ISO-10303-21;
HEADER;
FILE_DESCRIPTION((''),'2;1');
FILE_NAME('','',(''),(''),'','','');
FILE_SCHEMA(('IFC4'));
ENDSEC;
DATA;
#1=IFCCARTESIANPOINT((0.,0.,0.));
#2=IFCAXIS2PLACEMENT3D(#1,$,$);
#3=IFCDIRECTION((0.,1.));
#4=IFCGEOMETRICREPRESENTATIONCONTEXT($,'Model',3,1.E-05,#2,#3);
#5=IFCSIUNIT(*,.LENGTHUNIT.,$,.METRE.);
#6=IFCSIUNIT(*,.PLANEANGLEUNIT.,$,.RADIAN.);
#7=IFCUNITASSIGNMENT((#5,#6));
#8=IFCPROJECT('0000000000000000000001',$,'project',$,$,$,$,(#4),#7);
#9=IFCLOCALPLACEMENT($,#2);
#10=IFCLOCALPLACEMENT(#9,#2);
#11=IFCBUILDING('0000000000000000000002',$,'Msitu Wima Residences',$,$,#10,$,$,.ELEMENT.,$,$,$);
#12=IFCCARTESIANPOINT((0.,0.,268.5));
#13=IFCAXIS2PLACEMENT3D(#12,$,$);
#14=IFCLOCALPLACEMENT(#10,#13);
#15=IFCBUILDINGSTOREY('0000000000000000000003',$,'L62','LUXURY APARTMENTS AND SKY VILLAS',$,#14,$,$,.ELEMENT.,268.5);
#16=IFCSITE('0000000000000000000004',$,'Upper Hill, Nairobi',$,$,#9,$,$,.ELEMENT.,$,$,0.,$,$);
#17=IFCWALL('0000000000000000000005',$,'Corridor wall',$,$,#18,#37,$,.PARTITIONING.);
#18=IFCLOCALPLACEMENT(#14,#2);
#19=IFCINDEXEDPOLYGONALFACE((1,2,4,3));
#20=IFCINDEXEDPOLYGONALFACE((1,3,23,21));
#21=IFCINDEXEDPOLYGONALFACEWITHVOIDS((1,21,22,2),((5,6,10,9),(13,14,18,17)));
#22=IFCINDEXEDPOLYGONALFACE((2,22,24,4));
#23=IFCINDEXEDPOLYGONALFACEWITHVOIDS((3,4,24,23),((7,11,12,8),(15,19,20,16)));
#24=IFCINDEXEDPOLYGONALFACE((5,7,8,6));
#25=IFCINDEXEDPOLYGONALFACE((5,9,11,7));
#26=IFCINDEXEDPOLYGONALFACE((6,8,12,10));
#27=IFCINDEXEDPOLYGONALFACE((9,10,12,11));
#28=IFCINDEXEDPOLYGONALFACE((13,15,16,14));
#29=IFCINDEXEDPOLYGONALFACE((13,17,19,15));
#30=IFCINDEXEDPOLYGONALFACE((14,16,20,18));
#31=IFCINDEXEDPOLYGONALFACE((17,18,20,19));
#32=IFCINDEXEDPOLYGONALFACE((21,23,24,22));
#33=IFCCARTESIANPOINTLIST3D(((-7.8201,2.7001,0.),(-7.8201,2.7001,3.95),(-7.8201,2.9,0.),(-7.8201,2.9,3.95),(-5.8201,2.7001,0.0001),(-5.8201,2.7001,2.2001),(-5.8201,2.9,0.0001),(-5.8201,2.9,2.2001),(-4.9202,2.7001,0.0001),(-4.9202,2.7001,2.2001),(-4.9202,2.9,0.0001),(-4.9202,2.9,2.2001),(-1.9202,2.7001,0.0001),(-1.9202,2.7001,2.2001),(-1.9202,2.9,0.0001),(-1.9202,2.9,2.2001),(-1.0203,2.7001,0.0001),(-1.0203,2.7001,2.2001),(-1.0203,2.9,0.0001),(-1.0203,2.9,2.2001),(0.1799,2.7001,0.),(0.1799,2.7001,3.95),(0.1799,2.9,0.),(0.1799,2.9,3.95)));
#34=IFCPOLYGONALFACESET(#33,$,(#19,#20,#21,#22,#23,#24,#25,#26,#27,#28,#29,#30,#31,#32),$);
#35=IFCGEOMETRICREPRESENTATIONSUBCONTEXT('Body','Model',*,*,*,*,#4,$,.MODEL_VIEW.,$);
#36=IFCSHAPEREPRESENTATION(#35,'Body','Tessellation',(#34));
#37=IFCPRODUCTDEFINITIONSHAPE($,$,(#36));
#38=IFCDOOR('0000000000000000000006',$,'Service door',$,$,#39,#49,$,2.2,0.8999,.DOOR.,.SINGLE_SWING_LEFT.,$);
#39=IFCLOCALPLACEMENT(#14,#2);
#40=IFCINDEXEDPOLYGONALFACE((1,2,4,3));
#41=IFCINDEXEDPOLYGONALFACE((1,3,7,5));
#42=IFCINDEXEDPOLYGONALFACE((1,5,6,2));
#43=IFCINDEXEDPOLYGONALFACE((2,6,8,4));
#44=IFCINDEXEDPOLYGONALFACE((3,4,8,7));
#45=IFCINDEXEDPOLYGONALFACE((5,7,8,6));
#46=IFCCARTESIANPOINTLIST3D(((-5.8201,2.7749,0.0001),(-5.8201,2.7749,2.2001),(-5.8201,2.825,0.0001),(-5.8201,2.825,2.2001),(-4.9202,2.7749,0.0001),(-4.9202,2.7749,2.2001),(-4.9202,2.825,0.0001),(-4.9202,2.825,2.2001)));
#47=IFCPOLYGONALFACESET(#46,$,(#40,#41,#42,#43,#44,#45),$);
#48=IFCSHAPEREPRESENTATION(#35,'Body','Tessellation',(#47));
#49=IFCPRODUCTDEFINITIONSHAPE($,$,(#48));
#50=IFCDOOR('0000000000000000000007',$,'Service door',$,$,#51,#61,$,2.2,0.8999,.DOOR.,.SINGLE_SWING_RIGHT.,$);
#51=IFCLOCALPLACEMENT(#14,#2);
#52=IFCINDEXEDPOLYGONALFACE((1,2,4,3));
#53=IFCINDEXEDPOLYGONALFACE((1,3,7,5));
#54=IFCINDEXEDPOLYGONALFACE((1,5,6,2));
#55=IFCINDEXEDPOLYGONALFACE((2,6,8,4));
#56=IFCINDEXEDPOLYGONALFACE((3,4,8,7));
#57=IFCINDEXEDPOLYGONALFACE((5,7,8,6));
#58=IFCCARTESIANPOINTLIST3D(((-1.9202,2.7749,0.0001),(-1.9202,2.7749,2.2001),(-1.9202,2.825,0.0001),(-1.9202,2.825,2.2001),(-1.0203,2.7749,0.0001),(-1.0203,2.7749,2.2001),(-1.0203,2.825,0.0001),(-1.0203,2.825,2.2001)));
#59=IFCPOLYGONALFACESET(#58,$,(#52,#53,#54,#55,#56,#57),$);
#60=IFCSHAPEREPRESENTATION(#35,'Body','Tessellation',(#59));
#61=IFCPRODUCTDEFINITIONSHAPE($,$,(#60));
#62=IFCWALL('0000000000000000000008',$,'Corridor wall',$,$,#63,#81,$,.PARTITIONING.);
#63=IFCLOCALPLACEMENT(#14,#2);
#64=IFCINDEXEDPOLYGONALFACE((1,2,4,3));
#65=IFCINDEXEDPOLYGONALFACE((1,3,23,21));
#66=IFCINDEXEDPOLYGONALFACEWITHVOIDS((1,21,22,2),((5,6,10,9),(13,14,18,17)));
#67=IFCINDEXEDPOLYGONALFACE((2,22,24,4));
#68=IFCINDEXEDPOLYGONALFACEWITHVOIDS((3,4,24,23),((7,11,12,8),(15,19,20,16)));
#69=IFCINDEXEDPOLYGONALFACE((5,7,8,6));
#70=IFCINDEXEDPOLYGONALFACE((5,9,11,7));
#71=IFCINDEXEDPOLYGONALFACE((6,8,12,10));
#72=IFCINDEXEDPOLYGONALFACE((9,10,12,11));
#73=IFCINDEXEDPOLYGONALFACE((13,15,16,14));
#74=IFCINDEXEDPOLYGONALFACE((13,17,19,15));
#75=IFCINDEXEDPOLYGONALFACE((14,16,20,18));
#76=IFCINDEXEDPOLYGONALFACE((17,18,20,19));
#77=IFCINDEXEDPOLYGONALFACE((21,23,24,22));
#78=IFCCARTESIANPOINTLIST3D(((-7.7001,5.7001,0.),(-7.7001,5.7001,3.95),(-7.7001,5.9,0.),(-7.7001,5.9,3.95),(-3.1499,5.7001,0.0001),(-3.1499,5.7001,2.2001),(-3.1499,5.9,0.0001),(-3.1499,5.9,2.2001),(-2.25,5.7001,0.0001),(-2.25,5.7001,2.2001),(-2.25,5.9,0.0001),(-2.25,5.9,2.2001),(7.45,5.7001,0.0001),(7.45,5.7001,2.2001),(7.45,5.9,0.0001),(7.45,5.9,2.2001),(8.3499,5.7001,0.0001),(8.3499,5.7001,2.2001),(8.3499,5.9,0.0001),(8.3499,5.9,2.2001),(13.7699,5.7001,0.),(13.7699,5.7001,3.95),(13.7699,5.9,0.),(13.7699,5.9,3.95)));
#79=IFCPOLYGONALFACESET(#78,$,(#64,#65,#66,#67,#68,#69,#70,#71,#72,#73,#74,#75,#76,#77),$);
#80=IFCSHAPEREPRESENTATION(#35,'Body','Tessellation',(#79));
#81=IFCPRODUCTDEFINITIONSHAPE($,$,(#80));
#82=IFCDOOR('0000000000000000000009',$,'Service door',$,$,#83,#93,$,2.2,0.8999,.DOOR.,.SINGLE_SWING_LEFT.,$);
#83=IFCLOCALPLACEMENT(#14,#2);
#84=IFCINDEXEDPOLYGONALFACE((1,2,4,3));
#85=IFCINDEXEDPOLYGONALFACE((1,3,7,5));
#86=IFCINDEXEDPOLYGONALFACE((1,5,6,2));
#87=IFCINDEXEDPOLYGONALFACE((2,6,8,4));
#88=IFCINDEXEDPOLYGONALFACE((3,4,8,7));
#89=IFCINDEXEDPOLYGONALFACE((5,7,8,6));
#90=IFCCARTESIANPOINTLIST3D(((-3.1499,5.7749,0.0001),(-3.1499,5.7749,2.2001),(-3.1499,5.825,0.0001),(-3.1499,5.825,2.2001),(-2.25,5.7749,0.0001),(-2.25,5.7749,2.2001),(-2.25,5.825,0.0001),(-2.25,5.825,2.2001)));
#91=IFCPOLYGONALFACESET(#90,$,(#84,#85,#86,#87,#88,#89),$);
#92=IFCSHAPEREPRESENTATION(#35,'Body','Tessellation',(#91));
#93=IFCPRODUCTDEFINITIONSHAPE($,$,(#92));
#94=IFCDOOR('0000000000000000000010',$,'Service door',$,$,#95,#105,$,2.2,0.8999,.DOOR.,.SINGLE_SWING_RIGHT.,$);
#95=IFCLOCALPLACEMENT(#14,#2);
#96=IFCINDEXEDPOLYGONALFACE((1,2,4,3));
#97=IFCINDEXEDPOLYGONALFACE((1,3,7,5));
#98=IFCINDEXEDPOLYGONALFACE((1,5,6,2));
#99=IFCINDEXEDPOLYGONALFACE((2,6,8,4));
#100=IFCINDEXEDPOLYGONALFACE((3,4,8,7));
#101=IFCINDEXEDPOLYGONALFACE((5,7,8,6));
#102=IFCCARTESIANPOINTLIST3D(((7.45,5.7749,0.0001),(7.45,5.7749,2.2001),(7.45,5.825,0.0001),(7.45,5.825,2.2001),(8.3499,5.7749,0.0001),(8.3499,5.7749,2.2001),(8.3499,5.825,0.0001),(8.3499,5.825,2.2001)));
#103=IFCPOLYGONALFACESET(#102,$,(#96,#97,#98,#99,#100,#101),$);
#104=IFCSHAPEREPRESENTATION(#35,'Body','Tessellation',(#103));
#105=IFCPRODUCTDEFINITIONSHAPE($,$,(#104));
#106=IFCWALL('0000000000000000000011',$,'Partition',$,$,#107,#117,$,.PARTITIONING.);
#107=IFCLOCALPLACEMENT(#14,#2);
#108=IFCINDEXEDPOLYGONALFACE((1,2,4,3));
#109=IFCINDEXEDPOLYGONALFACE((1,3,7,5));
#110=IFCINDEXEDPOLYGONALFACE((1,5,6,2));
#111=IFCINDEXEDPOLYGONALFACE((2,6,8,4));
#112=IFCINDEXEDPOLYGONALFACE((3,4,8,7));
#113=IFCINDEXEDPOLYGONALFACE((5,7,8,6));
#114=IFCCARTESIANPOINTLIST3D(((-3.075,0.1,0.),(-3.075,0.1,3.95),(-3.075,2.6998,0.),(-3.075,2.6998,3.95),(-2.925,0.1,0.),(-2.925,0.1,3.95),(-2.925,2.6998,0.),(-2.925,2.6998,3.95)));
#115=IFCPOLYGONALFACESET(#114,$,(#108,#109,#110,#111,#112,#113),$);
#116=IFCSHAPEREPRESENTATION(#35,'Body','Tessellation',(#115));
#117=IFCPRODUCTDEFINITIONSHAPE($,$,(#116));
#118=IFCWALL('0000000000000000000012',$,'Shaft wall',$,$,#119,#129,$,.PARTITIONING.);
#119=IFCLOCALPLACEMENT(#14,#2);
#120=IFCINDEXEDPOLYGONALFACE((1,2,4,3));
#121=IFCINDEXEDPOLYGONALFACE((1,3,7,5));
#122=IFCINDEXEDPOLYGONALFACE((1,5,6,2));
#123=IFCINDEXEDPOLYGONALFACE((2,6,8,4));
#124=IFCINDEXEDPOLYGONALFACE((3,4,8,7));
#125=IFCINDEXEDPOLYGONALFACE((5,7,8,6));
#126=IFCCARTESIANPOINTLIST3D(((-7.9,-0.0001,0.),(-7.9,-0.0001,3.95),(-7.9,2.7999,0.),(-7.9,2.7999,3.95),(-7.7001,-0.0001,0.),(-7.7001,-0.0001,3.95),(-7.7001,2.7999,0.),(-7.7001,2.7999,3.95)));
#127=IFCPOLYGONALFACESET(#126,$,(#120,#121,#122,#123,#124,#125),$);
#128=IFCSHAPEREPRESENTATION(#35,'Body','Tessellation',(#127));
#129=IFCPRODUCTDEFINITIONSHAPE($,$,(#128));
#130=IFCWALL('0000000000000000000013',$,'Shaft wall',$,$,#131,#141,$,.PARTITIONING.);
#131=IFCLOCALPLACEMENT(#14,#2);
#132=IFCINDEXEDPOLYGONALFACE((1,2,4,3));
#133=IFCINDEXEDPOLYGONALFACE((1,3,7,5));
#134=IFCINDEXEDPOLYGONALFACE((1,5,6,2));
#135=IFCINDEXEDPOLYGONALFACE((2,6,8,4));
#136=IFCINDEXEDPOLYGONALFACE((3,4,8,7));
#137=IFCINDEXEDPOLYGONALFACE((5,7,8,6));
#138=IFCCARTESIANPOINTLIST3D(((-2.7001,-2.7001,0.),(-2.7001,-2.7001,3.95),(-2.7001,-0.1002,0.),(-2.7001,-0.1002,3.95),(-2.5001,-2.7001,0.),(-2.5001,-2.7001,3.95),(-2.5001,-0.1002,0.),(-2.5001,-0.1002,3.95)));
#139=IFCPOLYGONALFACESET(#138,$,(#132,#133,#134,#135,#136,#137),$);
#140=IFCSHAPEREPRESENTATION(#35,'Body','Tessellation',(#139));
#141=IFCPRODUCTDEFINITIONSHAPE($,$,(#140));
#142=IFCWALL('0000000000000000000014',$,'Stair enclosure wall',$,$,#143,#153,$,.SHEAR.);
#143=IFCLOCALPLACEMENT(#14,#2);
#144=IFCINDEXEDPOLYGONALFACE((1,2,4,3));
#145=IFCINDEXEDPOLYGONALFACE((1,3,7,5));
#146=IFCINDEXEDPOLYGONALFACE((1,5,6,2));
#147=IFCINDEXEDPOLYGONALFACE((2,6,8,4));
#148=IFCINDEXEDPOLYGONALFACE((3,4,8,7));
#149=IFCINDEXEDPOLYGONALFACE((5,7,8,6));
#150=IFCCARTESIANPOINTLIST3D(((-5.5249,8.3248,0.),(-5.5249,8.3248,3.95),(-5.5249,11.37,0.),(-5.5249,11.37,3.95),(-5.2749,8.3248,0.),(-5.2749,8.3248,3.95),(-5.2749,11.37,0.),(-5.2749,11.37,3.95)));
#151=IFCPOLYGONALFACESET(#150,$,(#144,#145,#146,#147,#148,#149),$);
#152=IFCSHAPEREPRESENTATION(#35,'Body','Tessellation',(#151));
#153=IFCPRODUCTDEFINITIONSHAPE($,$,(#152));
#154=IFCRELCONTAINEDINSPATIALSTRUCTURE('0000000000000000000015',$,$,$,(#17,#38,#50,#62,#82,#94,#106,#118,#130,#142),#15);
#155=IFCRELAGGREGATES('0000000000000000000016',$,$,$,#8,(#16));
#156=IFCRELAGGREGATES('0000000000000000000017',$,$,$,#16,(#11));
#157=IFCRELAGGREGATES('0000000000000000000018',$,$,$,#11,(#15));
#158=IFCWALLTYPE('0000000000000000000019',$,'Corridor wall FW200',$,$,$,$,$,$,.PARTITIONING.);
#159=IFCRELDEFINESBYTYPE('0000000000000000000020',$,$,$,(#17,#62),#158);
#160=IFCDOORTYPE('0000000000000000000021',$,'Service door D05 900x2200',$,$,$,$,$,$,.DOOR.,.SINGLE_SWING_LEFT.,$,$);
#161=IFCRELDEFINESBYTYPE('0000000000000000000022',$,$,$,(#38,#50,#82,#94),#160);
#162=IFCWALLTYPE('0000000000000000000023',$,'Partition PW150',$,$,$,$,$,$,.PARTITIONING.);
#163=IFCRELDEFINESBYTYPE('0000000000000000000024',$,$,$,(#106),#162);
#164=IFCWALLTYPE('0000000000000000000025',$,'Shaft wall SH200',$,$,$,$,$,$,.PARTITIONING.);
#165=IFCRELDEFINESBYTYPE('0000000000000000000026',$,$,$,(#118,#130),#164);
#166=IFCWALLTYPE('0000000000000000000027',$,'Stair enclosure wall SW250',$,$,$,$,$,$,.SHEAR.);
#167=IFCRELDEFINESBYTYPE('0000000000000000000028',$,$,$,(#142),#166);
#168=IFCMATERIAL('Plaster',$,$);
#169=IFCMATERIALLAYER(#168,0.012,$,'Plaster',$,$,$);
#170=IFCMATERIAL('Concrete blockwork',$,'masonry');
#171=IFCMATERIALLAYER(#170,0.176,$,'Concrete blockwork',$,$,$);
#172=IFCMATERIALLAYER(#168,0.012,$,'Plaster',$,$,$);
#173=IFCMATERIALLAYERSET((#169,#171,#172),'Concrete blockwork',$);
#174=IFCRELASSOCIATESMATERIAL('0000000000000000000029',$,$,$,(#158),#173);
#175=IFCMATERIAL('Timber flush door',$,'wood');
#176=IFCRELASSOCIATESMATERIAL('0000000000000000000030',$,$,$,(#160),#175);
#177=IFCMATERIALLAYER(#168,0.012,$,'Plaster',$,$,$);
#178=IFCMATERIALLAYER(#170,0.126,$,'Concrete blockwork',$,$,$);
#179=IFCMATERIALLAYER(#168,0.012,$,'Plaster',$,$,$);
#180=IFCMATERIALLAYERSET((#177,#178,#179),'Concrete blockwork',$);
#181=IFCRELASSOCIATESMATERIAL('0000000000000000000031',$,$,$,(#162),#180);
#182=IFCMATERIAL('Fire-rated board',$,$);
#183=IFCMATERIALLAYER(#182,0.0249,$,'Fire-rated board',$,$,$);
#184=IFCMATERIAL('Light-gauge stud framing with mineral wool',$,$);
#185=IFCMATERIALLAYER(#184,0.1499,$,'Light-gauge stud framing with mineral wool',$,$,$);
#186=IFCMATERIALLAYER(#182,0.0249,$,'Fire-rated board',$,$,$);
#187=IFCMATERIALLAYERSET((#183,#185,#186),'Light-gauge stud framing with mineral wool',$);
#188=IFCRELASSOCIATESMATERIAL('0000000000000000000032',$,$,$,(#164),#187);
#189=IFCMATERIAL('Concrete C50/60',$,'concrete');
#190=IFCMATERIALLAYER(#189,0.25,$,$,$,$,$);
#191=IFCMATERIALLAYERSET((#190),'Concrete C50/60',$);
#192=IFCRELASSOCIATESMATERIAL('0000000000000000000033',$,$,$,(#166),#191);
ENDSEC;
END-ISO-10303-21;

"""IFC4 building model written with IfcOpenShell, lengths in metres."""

from ifc_helpers import new_model, si_unit, direction, frame, frame_2d, origin, place, context, subcontext, project, spatial, rectangle, extrude, material, layer, layer_set, type_object, element, fill, save


model = new_model("IFC4")

# Units and contexts
model_context = context("Model", 3, precision=1e-05, world=origin(), true_north=direction((0.0, 1.0)))
body_context = subcontext(model_context, "Body", "Model", "MODEL_VIEW")
ifc_project = project(units=[si_unit("LENGTHUNIT", "METRE"), si_unit("PLANEANGLEUNIT", "RADIAN")], contexts=[model_context])

# Site, building, storey
site_placement = place(None, origin())
site = spatial("IfcSite", under=ifc_project, at=site_placement, Name="Upper Hill, Nairobi", CompositionType="ELEMENT", RefElevation=0.0)
building_placement = place(site_placement, origin())
building = spatial("IfcBuilding", under=site, at=building_placement, Name="Msitu Wima Residences", CompositionType="ELEMENT")
storey_placement = place(building_placement, frame((0.0, 0.0, 268.5)))
storey = spatial("IfcBuildingStorey", under=building, at=storey_placement, Name="L62", Description="LUXURY APARTMENTS AND SKY VILLAS", CompositionType="ELEMENT", Elevation=268.5)

# Wall, openings, doors
ifc_material_1 = material(Name="Plaster")
ifc_layer_1 = layer(ifc_material_1, 0.012, Name="Plaster")
ifc_material_2 = material(Name="Concrete blockwork", Category="masonry")
ifc_layer_2 = layer(ifc_material_2, 0.176, Name="Concrete blockwork")
ifc_layer_3 = layer(ifc_material_1, 0.012, Name="Plaster")
ifc_layer_set_1 = layer_set([ifc_layer_1, ifc_layer_2, ifc_layer_3], Name="Concrete blockwork")
wall_type_1 = type_object("IfcWallType", Name="Corridor wall FW200", PredefinedType="PARTITIONING", material=ifc_layer_set_1)
wall_1_placement = place(storey_placement, frame((-7.8201, 2.8, 0.0), z_axis=(0.0, 0.0, 1.0), x_axis=(1.0, 0.0, 0.0)))
wall_1 = element("IfcWall", 1, at=wall_1_placement, inside=storey, type_object=wall_type_1, Name="Corridor wall", PredefinedType="PARTITIONING", context=body_context, shape_type="SweptSolid", body=[
    extrude(rectangle(XDim=8.0, YDim=0.2, at=frame_2d((4.0, 0.0))), origin(), (0.0, 0.0, 1.0), 3.95),
])
opening_1_placement = place(wall_1_placement, frame((2.0, 0.0, 0.0)))
opening_1 = element("IfcOpeningElement", 2, at=opening_1_placement, cuts=wall_1, PredefinedType="OPENING", context=body_context, shape_type="SweptSolid", body=[
    extrude(rectangle(XDim=0.8999, YDim=2.2, at=frame_2d((0.45, 1.1001))), frame((0.0, 0.1099, 0.0), z_axis=(0.0, -1.0, 0.0), x_axis=(1.0, 0.0, 0.0)), (0.0, 0.0, 1.0), 0.22),
])
opening_2_placement = place(wall_1_placement, frame((5.8999, 0.0, 0.0)))
opening_2 = element("IfcOpeningElement", 3, at=opening_2_placement, cuts=wall_1, PredefinedType="OPENING", context=body_context, shape_type="SweptSolid", body=[
    extrude(rectangle(XDim=0.8999, YDim=2.2, at=frame_2d((0.45, 1.1001))), frame((0.0, 0.1099, 0.0), z_axis=(0.0, -1.0, 0.0), x_axis=(1.0, 0.0, 0.0)), (0.0, 0.0, 1.0), 0.22),
])
ifc_material_3 = material(Name="Timber flush door", Category="wood")
door_type_1 = type_object("IfcDoorType", Name="Service door D05 900x2200", OperationType="SINGLE_SWING_LEFT", PredefinedType="DOOR", material=ifc_material_3)
door_1_placement = place(opening_1_placement, origin())
door_1 = element("IfcDoor", 4, at=door_1_placement, inside=storey, type_object=door_type_1, Name="Service door", OperationType="SINGLE_SWING_LEFT", OverallHeight=2.2, OverallWidth=0.8999, PredefinedType="DOOR", context=body_context, shape_type="SweptSolid", body=[
    extrude(rectangle(XDim=0.8999, YDim=2.2, at=frame_2d((0.45, 1.1001))), frame((0.0, 0.0249, 0.0), z_axis=(0.0, -1.0, 0.0), x_axis=(1.0, 0.0, 0.0)), (0.0, 0.0, 1.0), 0.05),
])
fill(opening_1, door_1)
door_2_placement = place(opening_2_placement, origin())
door_2 = element("IfcDoor", 5, at=door_2_placement, inside=storey, type_object=door_type_1, Name="Service door", OperationType="SINGLE_SWING_RIGHT", OverallHeight=2.2, OverallWidth=0.8999, PredefinedType="DOOR", context=body_context, shape_type="SweptSolid", body=[
    extrude(rectangle(XDim=0.8999, YDim=2.2, at=frame_2d((0.45, 1.1001))), frame((0.0, 0.0249, 0.0), z_axis=(0.0, -1.0, 0.0), x_axis=(1.0, 0.0, 0.0)), (0.0, 0.0, 1.0), 0.05),
])
fill(opening_2, door_2)

# Wall, openings, doors
wall_2_placement = place(storey_placement, frame((-7.7, 5.8, 0.0), z_axis=(0.0, 0.0, 1.0), x_axis=(1.0, 0.0, 0.0)))
wall_2 = element("IfcWall", 6, at=wall_2_placement, inside=storey, type_object=wall_type_1, Name="Corridor wall", PredefinedType="PARTITIONING", context=body_context, shape_type="SweptSolid", body=[
    extrude(rectangle(XDim=21.47, YDim=0.2, at=frame_2d((10.7349, 0.0))), origin(), (0.0, 0.0, 1.0), 3.95),
])
opening_3_placement = place(wall_2_placement, frame((4.55, 0.0, 0.0)))
opening_3 = element("IfcOpeningElement", 7, at=opening_3_placement, cuts=wall_2, PredefinedType="OPENING", context=body_context, shape_type="SweptSolid", body=[
    extrude(rectangle(XDim=0.8999, YDim=2.2, at=frame_2d((0.45, 1.1001))), frame((0.0, 0.1099, 0.0), z_axis=(0.0, -1.0, 0.0), x_axis=(1.0, 0.0, 0.0)), (0.0, 0.0, 1.0), 0.22),
])
opening_4_placement = place(wall_2_placement, frame((15.1499, 0.0, 0.0)))
opening_4 = element("IfcOpeningElement", 8, at=opening_4_placement, cuts=wall_2, PredefinedType="OPENING", context=body_context, shape_type="SweptSolid", body=[
    extrude(rectangle(XDim=0.8999, YDim=2.2, at=frame_2d((0.45, 1.1001))), frame((0.0, 0.1099, 0.0), z_axis=(0.0, -1.0, 0.0), x_axis=(1.0, 0.0, 0.0)), (0.0, 0.0, 1.0), 0.22),
])
door_3_placement = place(opening_3_placement, origin())
door_3 = element("IfcDoor", 9, at=door_3_placement, inside=storey, type_object=door_type_1, Name="Service door", OperationType="SINGLE_SWING_LEFT", OverallHeight=2.2, OverallWidth=0.8999, PredefinedType="DOOR", context=body_context, shape_type="SweptSolid", body=[
    extrude(rectangle(XDim=0.8999, YDim=2.2, at=frame_2d((0.45, 1.1001))), frame((0.0, 0.0249, 0.0), z_axis=(0.0, -1.0, 0.0), x_axis=(1.0, 0.0, 0.0)), (0.0, 0.0, 1.0), 0.05),
])
fill(opening_3, door_3)
door_4_placement = place(opening_4_placement, origin())
door_4 = element("IfcDoor", 10, at=door_4_placement, inside=storey, type_object=door_type_1, Name="Service door", OperationType="SINGLE_SWING_RIGHT", OverallHeight=2.2, OverallWidth=0.8999, PredefinedType="DOOR", context=body_context, shape_type="SweptSolid", body=[
    extrude(rectangle(XDim=0.8999, YDim=2.2, at=frame_2d((0.45, 1.1001))), frame((0.0, 0.0249, 0.0), z_axis=(0.0, -1.0, 0.0), x_axis=(1.0, 0.0, 0.0)), (0.0, 0.0, 1.0), 0.05),
])
fill(opening_4, door_4)

# Walls
ifc_layer_4 = layer(ifc_material_1, 0.012, Name="Plaster")
ifc_layer_5 = layer(ifc_material_2, 0.126, Name="Concrete blockwork")
ifc_layer_6 = layer(ifc_material_1, 0.012, Name="Plaster")
ifc_layer_set_2 = layer_set([ifc_layer_4, ifc_layer_5, ifc_layer_6], Name="Concrete blockwork")
wall_type_2 = type_object("IfcWallType", Name="Partition PW150", PredefinedType="PARTITIONING", material=ifc_layer_set_2)
wall_3_placement = place(storey_placement, frame((-3.0, 0.1001, 0.0), z_axis=(0.0, 0.0, 1.0), x_axis=(0.0, 1.0, 0.0)))
element("IfcWall", 11, at=wall_3_placement, inside=storey, type_object=wall_type_2, Name="Partition", PredefinedType="PARTITIONING", context=body_context, shape_type="SweptSolid", body=[
    extrude(rectangle(XDim=2.5999, YDim=0.1499, at=frame_2d((1.2998, 0.0))), origin(), (0.0, 0.0, 1.0), 3.95),
])
ifc_material_4 = material(Name="Fire-rated board")
ifc_layer_7 = layer(ifc_material_4, 0.0249, Name="Fire-rated board")
ifc_material_5 = material(Name="Light-gauge stud framing with mineral wool")
ifc_layer_8 = layer(ifc_material_5, 0.1499, Name="Light-gauge stud framing with mineral wool")
ifc_layer_9 = layer(ifc_material_4, 0.0249, Name="Fire-rated board")
ifc_layer_set_3 = layer_set([ifc_layer_7, ifc_layer_8, ifc_layer_9], Name="Light-gauge stud framing with mineral wool")
wall_type_3 = type_object("IfcWallType", Name="Shaft wall SH200", PredefinedType="PARTITIONING", material=ifc_layer_set_3)
wall_4_placement = place(storey_placement, frame((-7.8, 0.0, 0.0), z_axis=(0.0, 0.0, 1.0), x_axis=(0.0, 1.0, 0.0)))
element("IfcWall", 12, at=wall_4_placement, inside=storey, type_object=wall_type_3, Name="Shaft wall", PredefinedType="PARTITIONING", context=body_context, shape_type="SweptSolid", body=[
    extrude(rectangle(XDim=2.8, YDim=0.2, at=frame_2d((1.3999, 0.0))), origin(), (0.0, 0.0, 1.0), 3.95),
])
wall_5_placement = place(storey_placement, frame((-2.6001, -2.7, 0.0), z_axis=(0.0, 0.0, 1.0), x_axis=(0.0, 1.0, 0.0)))
element("IfcWall", 13, at=wall_5_placement, inside=storey, type_object=wall_type_3, Name="Shaft wall", PredefinedType="PARTITIONING", context=body_context, shape_type="SweptSolid", body=[
    extrude(rectangle(XDim=2.5999, YDim=0.2, at=frame_2d((1.2998, 0.0))), origin(), (0.0, 0.0, 1.0), 3.95),
])
ifc_material_6 = material(Name="Concrete C50/60", Category="concrete")
ifc_layer_10 = layer(ifc_material_6, 0.25)
ifc_layer_set_4 = layer_set([ifc_layer_10], Name="Concrete C50/60")
wall_type_4 = type_object("IfcWallType", Name="Stair enclosure wall SW250", PredefinedType="SHEAR", material=ifc_layer_set_4)
wall_6_placement = place(storey_placement, frame((-5.3999, 8.325, 0.0), z_axis=(0.0, 0.0, 1.0), x_axis=(0.0, 1.0, 0.0)))
element("IfcWall", 14, at=wall_6_placement, inside=storey, type_object=wall_type_4, Name="Stair enclosure wall", PredefinedType="SHEAR", context=body_context, shape_type="SweptSolid", body=[
    extrude(rectangle(XDim=3.0452, YDim=0.25, at=frame_2d((1.5225, 0.0))), origin(), (0.0, 0.0, 1.0), 3.95),
])

save(model, "model.ifc")
